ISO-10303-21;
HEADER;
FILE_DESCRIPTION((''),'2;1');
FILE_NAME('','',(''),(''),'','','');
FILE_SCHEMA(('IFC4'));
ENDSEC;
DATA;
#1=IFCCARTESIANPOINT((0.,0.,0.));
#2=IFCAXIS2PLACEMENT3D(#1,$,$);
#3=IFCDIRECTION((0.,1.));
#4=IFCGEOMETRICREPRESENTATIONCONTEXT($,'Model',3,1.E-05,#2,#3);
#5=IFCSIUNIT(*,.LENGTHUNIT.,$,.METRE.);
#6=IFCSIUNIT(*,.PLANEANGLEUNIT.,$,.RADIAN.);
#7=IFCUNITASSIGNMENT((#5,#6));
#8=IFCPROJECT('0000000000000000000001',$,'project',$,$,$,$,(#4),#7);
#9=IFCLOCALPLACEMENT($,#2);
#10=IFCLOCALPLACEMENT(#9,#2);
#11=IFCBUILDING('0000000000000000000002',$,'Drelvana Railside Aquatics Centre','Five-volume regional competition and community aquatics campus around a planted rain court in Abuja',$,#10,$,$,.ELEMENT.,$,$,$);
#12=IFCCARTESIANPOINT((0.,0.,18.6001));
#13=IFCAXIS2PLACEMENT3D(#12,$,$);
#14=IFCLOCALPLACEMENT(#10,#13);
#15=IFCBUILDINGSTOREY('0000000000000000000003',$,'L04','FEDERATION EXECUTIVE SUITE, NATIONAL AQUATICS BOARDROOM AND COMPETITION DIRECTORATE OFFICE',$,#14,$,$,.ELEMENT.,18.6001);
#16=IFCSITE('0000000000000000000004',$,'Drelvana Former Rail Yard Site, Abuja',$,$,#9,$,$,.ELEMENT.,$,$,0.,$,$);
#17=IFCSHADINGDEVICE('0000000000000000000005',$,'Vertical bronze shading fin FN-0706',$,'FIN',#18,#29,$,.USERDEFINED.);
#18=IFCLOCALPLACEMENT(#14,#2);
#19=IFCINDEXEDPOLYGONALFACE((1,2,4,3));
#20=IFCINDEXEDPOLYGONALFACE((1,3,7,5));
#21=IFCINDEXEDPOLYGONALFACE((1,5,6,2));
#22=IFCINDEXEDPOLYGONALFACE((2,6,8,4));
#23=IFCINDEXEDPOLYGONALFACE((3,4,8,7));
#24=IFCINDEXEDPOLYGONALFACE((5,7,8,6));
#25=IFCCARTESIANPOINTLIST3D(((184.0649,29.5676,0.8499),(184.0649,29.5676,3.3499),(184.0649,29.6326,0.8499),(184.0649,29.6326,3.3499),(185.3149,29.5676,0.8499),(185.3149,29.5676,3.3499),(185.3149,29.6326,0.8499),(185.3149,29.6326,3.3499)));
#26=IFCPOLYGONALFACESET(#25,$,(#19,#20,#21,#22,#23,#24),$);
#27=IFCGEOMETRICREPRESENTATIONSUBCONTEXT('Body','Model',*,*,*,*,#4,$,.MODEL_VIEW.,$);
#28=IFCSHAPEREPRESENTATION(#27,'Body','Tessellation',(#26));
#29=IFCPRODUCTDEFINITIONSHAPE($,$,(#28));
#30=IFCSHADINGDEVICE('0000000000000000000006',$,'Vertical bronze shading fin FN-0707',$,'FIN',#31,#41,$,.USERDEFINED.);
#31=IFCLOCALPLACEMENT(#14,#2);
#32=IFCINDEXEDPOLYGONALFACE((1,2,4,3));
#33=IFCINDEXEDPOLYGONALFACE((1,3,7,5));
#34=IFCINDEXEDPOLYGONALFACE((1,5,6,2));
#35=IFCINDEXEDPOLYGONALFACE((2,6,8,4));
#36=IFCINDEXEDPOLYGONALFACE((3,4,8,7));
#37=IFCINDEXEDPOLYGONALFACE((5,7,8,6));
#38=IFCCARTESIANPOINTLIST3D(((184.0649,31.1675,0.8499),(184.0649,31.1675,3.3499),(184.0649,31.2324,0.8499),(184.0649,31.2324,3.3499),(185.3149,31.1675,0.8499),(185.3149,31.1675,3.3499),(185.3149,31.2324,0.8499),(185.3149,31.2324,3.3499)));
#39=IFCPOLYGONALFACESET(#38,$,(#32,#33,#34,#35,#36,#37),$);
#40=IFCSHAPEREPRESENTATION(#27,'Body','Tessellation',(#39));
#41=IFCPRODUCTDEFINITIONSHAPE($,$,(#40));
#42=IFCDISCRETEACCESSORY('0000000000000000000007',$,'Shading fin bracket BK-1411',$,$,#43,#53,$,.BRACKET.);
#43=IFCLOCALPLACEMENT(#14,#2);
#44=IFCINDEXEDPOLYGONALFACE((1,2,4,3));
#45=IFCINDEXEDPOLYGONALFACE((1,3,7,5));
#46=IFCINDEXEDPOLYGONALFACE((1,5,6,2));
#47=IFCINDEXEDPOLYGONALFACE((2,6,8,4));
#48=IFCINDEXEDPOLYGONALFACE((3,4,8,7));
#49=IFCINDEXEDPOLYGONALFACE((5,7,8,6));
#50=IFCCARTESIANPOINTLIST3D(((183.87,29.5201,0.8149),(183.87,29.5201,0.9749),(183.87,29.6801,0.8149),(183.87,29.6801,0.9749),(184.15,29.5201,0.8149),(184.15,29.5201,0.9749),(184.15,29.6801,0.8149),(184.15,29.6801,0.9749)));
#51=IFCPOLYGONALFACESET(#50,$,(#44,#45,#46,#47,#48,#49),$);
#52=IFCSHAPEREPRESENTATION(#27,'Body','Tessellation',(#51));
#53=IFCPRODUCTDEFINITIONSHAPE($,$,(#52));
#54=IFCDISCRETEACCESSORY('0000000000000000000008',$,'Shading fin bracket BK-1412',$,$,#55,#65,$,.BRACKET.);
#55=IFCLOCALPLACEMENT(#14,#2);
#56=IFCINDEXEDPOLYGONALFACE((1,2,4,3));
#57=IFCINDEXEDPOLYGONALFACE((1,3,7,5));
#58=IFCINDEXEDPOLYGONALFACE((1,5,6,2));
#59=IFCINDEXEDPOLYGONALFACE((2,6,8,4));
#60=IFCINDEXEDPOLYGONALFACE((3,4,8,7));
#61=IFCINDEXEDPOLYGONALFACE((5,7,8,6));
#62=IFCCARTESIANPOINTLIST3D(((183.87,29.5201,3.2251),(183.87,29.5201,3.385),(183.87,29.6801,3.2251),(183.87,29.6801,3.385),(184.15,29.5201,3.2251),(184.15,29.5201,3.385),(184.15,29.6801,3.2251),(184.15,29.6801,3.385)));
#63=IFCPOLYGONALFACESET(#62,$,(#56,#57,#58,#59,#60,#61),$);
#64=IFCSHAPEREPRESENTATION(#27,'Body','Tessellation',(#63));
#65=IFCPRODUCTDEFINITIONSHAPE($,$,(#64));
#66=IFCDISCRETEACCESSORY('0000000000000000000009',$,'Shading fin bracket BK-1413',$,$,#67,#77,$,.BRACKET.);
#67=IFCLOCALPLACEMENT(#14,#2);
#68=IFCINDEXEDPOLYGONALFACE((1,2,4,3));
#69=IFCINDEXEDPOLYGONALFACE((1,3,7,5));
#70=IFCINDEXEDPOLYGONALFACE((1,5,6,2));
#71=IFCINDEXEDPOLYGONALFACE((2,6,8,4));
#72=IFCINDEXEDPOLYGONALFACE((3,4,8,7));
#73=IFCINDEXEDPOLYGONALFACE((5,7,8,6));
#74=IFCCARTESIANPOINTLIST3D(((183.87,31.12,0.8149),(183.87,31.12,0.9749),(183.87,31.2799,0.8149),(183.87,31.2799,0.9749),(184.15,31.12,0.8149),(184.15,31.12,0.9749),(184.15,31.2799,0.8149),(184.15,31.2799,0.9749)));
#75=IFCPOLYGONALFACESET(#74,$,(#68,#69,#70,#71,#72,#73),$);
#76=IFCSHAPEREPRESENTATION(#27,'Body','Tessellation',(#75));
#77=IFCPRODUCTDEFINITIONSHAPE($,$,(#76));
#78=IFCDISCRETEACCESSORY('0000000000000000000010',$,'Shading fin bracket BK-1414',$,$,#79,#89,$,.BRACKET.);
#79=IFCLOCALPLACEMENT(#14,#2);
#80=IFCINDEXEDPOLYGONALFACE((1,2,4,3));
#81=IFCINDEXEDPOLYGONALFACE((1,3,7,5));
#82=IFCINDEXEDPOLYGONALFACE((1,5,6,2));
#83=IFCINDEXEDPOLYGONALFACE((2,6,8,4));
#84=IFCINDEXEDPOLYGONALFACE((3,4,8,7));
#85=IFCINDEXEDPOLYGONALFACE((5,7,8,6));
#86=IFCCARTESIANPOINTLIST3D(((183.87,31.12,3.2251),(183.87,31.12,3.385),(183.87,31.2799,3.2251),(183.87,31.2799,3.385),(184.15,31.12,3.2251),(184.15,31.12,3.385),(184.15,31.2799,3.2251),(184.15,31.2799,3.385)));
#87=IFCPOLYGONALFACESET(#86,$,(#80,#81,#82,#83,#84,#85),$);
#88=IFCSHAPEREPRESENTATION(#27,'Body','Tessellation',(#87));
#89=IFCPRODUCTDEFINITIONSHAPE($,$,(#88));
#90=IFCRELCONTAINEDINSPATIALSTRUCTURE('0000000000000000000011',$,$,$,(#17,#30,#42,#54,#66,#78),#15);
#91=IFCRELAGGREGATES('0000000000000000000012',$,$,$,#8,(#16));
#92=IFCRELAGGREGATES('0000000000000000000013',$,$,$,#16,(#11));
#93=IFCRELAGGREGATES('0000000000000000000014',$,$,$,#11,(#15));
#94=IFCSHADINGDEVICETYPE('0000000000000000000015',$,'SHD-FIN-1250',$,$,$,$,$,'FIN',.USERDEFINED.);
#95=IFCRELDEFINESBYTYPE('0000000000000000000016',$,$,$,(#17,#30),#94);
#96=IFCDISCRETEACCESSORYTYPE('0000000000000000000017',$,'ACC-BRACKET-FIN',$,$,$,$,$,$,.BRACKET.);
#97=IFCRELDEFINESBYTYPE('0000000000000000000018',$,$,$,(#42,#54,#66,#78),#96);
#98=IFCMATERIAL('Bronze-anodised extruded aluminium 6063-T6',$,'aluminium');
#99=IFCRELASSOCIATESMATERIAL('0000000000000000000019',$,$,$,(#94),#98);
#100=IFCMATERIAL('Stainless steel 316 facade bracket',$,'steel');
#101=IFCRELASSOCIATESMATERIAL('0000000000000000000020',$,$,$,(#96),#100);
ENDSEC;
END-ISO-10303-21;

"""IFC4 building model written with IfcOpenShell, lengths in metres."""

from ifc_helpers import new_model, si_unit, direction, frame, origin, origin_2d, place, context, subcontext, project, spatial, rectangle, extrude, material, type_object, element, save


model = new_model("IFC4")

# Units and contexts
model_context = context("Model", 3, precision=1e-05, world=origin(), true_north=direction((0.0, 1.0)))
body_context = subcontext(model_context, "Body", "Model", "MODEL_VIEW")
ifc_project = project(units=[si_unit("LENGTHUNIT", "METRE"), si_unit("PLANEANGLEUNIT", "RADIAN")], contexts=[model_context])

# Site, building, storey
site_placement = place(None, origin())
site = spatial("IfcSite", under=ifc_project, at=site_placement, Name="Drelvana Former Rail Yard Site, Abuja", CompositionType="ELEMENT", RefElevation=0.0)
building_placement = place(site_placement, origin())
building = spatial("IfcBuilding", under=site, at=building_placement, Name="Drelvana Railside Aquatics Centre", Description="Five-volume regional competition and community aquatics campus around a planted rain court in Abuja", CompositionType="ELEMENT")
storey_placement = place(building_placement, frame((0.0, 0.0, 18.6001)))
storey = spatial("IfcBuildingStorey", under=building, at=storey_placement, Name="L04", Description="FEDERATION EXECUTIVE SUITE, NATIONAL AQUATICS BOARDROOM AND COMPETITION DIRECTORATE OFFICE", CompositionType="ELEMENT", Elevation=18.6001)

# Shared definitions
ifc_material_1 = material(Name="Bronze-anodised extruded aluminium 6063-T6", Category="aluminium")

# Shading devices
shading_device_type = type_object("IfcShadingDeviceType", Name="SHD-FIN-1250", ElementType="FIN", PredefinedType="USERDEFINED", material=ifc_material_1)
for number, where, z_axis, x_axis, name in (
    (1, (184.6899, 29.6001, 0.8499), (0.0, 0.0, 1.0), (1.0, 0.0, 0.0), "Vertical bronze shading fin FN-0706"),
    (2, (184.6899, 31.2, 0.8499), (0.0, 0.0, 1.0), (1.0, 0.0, 0.0), "Vertical bronze shading fin FN-0707"),
):
    element("IfcShadingDevice", number, at=place(storey_placement, frame(where, z_axis=z_axis, x_axis=x_axis)), inside=storey, type_object=shading_device_type, Name=name, ObjectType="FIN", PredefinedType="USERDEFINED", context=body_context, shape_type="SweptSolid", body=[
        extrude(rectangle(XDim=1.25, YDim=0.0649, at=origin_2d()), origin(), (0.0, 0.0, 1.0), 2.5),
    ])

# Discrete accessories
ifc_material_2 = material(Name="Stainless steel 316 facade bracket", Category="steel")
discrete_accessory_type = type_object("IfcDiscreteAccessoryType", Name="ACC-BRACKET-FIN", PredefinedType="BRACKET", material=ifc_material_2)
for number, where, z_axis, x_axis, name in (
    (3, (184.01, 29.6001, 0.8149), (0.0, 0.0, 1.0), (1.0, 0.0, 0.0), "Shading fin bracket BK-1411"),
    (4, (184.01, 29.6001, 3.2251), (0.0, 0.0, 1.0), (1.0, 0.0, 0.0), "Shading fin bracket BK-1412"),
    (5, (184.01, 31.2, 0.8149), (0.0, 0.0, 1.0), (1.0, 0.0, 0.0), "Shading fin bracket BK-1413"),
    (6, (184.01, 31.2, 3.2251), (0.0, 0.0, 1.0), (1.0, 0.0, 0.0), "Shading fin bracket BK-1414"),
):
    element("IfcDiscreteAccessory", number, at=place(storey_placement, frame(where, z_axis=z_axis, x_axis=x_axis)), inside=storey, type_object=discrete_accessory_type, Name=name, PredefinedType="BRACKET", context=body_context, shape_type="SweptSolid", body=[
        extrude(rectangle(XDim=0.28, YDim=0.1599, at=origin_2d()), origin(), (0.0, 0.0, 1.0), 0.1599),
    ])

save(model, "model.ifc")
